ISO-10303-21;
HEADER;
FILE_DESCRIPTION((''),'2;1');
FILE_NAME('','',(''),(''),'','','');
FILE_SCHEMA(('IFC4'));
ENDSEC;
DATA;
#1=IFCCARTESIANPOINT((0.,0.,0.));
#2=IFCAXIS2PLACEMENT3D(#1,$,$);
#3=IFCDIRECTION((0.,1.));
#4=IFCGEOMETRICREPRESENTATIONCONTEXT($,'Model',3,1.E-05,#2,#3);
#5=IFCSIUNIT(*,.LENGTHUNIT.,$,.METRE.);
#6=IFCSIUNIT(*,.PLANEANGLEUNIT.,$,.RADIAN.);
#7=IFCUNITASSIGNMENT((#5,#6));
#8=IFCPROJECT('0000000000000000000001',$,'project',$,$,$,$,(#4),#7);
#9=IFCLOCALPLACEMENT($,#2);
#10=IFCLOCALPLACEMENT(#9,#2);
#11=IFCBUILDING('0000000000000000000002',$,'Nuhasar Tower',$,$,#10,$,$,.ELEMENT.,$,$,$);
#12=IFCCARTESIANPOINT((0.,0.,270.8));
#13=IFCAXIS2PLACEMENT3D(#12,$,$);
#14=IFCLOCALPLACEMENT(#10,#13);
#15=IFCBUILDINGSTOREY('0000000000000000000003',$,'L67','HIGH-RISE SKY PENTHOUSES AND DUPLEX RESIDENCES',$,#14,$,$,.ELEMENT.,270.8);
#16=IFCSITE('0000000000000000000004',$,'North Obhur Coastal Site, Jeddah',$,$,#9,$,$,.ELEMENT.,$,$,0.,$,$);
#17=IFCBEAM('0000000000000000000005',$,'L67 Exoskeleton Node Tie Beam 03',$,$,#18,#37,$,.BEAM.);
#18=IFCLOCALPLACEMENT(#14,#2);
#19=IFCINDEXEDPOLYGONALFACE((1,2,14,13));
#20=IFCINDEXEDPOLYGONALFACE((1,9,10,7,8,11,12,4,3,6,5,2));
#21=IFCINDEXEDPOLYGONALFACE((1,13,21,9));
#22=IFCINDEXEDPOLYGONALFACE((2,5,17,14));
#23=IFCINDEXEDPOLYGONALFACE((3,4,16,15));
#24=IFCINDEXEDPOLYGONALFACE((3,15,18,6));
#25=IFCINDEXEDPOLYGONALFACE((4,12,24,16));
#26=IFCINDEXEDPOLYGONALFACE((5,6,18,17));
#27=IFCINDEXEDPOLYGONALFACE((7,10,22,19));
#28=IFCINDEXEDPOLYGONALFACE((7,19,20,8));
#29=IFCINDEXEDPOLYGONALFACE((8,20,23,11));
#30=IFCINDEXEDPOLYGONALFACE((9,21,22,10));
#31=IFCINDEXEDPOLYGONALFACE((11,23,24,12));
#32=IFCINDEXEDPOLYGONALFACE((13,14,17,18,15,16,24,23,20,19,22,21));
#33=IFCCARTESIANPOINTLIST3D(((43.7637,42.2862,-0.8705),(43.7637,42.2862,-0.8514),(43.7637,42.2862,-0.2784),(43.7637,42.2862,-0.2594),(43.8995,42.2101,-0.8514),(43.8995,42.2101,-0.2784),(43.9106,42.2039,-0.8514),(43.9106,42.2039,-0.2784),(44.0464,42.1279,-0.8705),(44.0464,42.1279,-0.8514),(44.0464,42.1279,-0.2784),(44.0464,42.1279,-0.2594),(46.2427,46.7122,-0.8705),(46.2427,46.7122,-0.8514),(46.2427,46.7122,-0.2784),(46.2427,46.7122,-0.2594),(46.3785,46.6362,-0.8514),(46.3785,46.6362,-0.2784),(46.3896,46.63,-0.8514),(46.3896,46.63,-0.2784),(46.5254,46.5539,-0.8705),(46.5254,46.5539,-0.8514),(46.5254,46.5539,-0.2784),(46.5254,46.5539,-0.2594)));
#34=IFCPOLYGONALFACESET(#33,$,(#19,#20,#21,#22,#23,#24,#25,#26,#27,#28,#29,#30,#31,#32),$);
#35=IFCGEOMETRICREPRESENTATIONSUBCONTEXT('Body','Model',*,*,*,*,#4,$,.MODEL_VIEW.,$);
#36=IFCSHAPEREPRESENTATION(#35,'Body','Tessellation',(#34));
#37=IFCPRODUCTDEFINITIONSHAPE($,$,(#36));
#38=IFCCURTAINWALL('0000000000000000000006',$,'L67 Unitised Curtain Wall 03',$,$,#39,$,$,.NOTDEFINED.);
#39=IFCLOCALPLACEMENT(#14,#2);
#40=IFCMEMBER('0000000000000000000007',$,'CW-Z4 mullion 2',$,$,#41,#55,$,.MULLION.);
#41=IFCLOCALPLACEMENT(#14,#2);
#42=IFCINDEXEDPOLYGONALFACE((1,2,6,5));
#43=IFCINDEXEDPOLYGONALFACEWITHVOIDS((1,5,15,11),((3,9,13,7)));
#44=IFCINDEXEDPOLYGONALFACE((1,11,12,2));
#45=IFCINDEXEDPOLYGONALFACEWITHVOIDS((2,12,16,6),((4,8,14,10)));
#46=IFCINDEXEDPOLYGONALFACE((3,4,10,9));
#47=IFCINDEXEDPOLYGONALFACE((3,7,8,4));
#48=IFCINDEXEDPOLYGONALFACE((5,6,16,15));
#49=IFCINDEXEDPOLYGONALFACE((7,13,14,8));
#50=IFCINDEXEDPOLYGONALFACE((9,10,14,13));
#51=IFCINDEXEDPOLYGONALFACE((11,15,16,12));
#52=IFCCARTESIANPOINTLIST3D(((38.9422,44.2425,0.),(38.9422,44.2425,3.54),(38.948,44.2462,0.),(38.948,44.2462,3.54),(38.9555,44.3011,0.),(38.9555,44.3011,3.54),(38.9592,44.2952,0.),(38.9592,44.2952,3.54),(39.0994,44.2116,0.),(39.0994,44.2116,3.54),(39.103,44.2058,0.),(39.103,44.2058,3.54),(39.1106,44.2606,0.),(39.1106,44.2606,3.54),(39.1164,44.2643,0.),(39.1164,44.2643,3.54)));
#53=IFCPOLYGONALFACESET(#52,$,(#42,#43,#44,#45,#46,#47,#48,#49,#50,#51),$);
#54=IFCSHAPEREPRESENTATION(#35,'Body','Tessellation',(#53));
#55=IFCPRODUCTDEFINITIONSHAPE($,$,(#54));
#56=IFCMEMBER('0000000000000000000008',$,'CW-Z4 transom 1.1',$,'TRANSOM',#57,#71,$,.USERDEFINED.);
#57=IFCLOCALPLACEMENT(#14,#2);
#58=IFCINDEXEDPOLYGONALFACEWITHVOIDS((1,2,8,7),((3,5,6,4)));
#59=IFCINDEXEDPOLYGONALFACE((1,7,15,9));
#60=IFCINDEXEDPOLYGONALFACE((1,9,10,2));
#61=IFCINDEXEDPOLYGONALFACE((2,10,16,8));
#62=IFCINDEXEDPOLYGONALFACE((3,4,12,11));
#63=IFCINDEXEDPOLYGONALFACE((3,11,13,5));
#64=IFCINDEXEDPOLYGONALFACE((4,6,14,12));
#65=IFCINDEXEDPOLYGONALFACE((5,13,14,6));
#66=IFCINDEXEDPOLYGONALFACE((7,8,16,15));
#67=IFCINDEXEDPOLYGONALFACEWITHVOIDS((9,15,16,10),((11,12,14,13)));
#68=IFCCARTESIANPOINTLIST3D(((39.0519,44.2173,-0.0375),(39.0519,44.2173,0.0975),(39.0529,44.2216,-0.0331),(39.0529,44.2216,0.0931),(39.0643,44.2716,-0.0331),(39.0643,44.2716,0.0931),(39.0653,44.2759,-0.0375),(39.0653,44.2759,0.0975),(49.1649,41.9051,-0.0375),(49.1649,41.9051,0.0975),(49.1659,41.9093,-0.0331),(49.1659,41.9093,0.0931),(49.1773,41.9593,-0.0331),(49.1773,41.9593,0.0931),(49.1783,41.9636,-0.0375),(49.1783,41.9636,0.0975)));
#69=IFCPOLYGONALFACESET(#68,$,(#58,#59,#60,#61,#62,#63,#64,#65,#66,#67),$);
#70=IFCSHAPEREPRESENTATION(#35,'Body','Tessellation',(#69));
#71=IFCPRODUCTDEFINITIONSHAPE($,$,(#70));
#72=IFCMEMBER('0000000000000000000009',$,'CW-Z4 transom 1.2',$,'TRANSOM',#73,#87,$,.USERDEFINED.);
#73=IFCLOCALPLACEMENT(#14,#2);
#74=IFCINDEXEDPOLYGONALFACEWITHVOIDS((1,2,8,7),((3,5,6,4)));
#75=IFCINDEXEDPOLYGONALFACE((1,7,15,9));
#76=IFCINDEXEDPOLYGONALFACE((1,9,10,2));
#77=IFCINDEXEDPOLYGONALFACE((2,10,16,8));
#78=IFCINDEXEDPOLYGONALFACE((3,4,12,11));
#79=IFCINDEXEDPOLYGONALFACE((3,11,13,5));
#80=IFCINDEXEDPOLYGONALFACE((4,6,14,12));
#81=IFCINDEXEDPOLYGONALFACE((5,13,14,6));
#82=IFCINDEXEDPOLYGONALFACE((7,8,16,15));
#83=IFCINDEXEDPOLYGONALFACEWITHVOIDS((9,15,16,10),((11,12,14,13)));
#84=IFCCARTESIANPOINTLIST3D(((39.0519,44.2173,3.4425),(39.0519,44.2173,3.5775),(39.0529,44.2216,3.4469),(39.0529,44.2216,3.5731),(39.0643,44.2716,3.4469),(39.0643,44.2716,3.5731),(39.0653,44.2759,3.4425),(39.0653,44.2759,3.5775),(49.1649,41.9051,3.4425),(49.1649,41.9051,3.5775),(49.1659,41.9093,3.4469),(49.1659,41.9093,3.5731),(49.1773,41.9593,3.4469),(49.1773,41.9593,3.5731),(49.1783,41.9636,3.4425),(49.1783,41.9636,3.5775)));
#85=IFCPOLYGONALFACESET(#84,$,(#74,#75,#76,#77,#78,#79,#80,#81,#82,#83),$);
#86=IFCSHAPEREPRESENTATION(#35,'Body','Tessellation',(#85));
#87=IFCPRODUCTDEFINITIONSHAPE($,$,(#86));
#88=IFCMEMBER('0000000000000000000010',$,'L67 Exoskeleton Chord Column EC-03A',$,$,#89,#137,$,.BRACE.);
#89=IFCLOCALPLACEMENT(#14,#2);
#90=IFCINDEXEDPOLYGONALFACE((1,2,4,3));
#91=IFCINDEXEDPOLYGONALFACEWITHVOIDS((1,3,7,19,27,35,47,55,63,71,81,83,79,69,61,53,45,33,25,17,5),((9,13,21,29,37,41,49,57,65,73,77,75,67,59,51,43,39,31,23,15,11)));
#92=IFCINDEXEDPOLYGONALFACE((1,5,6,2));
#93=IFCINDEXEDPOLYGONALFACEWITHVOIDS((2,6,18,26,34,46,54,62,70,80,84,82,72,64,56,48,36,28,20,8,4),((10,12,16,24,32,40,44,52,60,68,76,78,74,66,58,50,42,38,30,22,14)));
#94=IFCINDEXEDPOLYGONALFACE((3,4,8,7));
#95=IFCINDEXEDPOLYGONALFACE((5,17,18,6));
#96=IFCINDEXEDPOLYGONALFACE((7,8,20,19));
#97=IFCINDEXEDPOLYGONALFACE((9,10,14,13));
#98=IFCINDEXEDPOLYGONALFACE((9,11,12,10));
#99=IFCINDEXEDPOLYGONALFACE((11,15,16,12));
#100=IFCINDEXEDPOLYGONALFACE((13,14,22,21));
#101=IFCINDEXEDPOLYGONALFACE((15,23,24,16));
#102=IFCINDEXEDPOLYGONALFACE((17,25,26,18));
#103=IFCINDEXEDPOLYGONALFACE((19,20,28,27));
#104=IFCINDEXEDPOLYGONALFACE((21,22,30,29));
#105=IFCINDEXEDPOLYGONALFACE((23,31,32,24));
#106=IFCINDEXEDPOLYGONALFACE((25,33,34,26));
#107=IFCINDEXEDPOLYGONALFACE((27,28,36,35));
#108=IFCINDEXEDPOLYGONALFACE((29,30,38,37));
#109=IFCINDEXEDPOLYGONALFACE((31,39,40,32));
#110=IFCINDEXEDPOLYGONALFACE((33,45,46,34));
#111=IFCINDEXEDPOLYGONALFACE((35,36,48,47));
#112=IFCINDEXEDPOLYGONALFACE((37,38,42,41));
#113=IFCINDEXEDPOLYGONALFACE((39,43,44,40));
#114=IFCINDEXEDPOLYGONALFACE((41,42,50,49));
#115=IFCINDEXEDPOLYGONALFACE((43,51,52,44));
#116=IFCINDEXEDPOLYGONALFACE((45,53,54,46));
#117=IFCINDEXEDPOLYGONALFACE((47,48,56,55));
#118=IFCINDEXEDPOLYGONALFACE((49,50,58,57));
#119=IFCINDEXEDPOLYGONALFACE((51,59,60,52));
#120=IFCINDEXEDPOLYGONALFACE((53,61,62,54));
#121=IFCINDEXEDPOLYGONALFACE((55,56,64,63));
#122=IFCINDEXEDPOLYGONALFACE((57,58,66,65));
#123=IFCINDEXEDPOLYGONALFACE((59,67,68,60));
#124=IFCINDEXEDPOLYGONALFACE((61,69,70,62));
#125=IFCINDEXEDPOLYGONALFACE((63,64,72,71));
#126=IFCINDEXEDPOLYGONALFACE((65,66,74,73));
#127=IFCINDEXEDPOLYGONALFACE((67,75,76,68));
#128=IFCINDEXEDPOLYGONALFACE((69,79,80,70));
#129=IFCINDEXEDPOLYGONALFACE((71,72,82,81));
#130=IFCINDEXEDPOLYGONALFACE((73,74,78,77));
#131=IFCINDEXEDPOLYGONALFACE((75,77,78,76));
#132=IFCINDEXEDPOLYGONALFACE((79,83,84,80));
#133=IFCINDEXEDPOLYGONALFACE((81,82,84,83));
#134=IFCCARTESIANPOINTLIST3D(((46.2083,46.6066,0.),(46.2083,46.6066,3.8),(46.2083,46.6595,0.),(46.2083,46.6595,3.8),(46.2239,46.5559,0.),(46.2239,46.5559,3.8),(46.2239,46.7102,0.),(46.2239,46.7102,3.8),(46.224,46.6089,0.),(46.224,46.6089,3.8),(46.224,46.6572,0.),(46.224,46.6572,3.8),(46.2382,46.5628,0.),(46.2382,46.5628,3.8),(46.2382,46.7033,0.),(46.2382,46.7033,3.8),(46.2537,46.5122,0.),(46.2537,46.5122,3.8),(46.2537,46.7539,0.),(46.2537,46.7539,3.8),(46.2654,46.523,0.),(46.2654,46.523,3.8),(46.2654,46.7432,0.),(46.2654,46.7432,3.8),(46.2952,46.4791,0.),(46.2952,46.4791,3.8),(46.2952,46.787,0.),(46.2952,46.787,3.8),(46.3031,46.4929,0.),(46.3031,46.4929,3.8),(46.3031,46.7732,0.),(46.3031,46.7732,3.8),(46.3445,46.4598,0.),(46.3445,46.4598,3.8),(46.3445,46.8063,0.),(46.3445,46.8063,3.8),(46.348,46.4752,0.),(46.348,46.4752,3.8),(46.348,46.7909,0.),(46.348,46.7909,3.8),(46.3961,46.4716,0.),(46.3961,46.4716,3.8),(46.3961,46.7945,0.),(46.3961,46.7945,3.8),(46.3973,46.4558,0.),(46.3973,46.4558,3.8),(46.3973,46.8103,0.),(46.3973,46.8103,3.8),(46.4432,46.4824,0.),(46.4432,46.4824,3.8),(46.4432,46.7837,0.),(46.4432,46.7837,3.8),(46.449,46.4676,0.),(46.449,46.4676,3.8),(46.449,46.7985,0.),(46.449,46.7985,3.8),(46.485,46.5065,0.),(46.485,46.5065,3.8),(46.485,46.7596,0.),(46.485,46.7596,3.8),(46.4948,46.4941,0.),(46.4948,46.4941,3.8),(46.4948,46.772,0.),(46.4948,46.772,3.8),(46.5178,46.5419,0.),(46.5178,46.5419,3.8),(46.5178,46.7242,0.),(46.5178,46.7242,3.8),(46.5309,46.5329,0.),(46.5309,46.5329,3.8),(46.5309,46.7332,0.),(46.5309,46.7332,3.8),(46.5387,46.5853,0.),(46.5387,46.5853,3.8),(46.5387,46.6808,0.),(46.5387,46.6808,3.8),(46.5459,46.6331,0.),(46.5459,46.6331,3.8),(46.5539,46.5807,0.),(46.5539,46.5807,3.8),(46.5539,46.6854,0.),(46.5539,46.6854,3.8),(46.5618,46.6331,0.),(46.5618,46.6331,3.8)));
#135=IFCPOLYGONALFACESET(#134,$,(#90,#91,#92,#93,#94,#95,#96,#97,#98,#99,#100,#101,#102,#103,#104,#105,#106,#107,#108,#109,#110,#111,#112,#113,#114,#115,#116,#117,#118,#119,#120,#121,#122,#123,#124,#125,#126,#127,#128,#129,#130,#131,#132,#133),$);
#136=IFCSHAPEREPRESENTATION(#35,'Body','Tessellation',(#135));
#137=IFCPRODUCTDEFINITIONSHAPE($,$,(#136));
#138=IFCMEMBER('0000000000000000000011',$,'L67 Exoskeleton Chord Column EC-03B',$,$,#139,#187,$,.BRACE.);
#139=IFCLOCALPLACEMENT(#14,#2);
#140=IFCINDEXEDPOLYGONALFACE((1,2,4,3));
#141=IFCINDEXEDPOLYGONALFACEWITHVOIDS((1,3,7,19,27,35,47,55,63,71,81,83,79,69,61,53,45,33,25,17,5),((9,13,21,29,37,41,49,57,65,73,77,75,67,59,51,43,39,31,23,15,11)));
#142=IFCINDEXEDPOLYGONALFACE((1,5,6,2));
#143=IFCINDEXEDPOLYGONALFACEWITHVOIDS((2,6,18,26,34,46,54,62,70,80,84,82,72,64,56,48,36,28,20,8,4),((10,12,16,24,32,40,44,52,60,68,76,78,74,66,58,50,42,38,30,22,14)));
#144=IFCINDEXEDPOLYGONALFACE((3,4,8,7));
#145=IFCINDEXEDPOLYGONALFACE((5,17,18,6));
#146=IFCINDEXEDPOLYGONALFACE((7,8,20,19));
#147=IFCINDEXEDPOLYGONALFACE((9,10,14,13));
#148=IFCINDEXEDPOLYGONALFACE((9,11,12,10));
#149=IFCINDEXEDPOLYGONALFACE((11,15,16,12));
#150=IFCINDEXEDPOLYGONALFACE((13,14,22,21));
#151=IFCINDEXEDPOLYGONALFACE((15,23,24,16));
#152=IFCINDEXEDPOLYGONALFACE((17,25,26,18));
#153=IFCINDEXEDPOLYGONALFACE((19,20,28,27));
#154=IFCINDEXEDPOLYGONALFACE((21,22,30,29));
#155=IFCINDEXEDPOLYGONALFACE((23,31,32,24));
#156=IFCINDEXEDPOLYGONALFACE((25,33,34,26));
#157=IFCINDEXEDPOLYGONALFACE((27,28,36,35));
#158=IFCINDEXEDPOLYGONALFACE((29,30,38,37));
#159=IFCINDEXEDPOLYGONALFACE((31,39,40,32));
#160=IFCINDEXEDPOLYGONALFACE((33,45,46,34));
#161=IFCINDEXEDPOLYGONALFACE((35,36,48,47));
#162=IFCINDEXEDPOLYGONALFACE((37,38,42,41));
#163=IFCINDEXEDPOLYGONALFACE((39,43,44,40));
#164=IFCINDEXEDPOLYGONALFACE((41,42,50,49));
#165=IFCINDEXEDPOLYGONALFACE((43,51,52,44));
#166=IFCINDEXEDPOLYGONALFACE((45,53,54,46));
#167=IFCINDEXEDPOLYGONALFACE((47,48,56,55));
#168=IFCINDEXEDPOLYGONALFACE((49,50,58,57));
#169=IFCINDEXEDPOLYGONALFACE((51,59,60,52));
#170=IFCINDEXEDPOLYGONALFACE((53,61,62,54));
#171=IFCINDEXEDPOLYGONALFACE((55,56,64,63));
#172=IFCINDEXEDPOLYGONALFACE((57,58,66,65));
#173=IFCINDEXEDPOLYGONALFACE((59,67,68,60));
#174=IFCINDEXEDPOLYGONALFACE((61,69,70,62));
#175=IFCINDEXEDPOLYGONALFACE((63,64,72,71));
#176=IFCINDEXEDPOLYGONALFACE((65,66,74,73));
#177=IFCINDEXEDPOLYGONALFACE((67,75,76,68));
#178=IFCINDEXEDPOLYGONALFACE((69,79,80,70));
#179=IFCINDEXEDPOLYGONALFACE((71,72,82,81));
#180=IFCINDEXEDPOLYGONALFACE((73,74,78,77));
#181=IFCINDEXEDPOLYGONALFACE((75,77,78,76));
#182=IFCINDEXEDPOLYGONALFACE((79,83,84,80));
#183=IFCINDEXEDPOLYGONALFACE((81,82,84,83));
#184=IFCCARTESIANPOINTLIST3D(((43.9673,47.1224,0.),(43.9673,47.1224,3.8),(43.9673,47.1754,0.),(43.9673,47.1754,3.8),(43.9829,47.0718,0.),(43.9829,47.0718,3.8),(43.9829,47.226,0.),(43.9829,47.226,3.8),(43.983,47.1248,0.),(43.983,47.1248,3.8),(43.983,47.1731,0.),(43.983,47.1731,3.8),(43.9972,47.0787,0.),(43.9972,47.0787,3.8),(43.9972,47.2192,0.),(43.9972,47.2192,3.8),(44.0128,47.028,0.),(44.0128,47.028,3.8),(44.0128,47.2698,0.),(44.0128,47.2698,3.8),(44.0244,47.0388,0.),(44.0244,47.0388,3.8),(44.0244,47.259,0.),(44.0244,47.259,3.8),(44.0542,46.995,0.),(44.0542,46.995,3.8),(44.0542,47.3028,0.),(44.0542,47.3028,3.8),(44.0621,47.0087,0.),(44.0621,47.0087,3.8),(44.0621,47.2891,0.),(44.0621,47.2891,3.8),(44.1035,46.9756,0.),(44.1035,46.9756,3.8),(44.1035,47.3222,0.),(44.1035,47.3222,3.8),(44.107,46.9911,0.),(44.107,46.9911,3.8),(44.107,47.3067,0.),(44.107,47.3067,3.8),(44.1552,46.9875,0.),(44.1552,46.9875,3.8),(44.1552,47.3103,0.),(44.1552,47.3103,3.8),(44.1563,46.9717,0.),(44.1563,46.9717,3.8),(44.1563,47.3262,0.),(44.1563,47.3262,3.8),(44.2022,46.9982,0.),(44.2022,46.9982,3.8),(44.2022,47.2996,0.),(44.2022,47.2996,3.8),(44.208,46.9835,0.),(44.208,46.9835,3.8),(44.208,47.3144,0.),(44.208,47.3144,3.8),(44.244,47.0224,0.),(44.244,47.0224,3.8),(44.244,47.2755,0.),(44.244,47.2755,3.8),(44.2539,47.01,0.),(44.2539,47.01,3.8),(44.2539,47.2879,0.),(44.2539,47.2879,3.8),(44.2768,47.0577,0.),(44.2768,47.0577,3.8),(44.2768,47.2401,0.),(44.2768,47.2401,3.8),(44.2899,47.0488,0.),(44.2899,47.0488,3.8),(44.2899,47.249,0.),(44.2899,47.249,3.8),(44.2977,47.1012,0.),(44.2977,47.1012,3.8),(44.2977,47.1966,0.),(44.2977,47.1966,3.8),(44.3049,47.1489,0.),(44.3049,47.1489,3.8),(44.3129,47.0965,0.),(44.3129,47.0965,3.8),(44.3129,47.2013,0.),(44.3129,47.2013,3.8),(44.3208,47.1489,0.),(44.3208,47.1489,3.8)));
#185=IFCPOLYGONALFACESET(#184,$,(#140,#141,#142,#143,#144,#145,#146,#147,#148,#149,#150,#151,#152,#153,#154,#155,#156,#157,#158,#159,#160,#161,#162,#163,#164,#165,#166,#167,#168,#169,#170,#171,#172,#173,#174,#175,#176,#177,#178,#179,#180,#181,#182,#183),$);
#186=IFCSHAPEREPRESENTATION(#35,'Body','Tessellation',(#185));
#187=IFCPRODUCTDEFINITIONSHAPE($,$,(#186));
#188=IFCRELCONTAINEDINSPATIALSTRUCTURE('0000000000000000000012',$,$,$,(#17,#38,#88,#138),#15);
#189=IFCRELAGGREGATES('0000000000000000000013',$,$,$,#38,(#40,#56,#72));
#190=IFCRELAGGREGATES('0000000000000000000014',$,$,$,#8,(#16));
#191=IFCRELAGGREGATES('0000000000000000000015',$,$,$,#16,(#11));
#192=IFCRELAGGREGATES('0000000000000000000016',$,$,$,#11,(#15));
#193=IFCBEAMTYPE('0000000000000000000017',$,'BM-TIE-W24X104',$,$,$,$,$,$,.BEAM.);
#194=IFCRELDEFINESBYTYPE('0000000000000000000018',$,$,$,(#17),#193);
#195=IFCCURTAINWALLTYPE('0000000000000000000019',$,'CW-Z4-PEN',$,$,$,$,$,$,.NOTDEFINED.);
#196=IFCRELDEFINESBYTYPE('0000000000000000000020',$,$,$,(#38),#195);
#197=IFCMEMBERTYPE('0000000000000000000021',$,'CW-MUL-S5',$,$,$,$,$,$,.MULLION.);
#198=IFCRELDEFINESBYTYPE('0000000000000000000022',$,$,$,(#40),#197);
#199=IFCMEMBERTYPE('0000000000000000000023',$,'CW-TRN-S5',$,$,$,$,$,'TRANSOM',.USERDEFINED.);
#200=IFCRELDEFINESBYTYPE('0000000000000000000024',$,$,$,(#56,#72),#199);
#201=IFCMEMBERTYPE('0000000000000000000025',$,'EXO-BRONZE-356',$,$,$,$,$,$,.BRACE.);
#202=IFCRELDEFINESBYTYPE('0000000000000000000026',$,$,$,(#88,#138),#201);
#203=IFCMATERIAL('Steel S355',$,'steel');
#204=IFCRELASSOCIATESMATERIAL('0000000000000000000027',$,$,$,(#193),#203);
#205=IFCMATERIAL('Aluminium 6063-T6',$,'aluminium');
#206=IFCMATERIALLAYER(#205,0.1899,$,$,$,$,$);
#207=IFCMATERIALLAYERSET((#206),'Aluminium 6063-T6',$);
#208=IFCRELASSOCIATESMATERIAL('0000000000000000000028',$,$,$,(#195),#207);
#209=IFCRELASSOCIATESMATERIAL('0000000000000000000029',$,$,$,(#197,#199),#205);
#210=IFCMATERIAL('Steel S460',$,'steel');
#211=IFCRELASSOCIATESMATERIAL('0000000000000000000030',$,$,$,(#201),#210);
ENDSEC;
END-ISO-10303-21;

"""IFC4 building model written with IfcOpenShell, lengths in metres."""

from ifc_helpers import new_model, si_unit, direction, frame, origin, origin_2d, place, context, subcontext, project, spatial, hollow_rectangle, hollow_circle, i_section, extrude, material, layer, layer_set, material_profile, profile_set, type_object, element, aggregate, save


model = new_model("IFC4")

# Units and contexts
model_context = context("Model", 3, precision=1e-05, world=origin(), true_north=direction((0.0, 1.0)))
body_context = subcontext(model_context, "Body", "Model", "MODEL_VIEW")
ifc_project = project(units=[si_unit("LENGTHUNIT", "METRE"), si_unit("PLANEANGLEUNIT", "RADIAN")], contexts=[model_context])

# Site, building, storey
site_placement = place(None, origin())
site = spatial("IfcSite", under=ifc_project, at=site_placement, Name="North Obhur Coastal Site, Jeddah", CompositionType="ELEMENT", RefElevation=0.0)
building_placement = place(site_placement, origin())
building = spatial("IfcBuilding", under=site, at=building_placement, Name="Nuhasar Tower", CompositionType="ELEMENT")
storey_placement = place(building_placement, frame((0.0, 0.0, 270.8)))
storey = spatial("IfcBuildingStorey", under=building, at=storey_placement, Name="L67", Description="HIGH-RISE SKY PENTHOUSES AND DUPLEX RESIDENCES", CompositionType="ELEMENT", Elevation=270.8)

# Beam
ifc_material_1 = material(Name="Steel S355", Category="steel")
ifc_material_profile_1 = material_profile(ifc_material_1, i_section(OverallWidth=0.324, OverallDepth=0.6111, WebThickness=0.0127, FlangeThickness=0.019, at=origin_2d()), Name="W24X104")
ifc_profile_set_1 = profile_set([ifc_material_profile_1], Name="Steel S355")
beam_type_1 = type_object("IfcBeamType", Name="BM-TIE-W24X104", PredefinedType="BEAM", material=ifc_profile_set_1)
beam_1_placement = place(storey_placement, frame((43.905, 42.207, -0.5649), z_axis=(0.488668, 0.87247, 0.0), x_axis=(-0.87247, 0.488668, 0.0)))
element("IfcBeam", 1, at=beam_1_placement, inside=storey, type_object=beam_type_1, Name="L67 Exoskeleton Node Tie Beam 03", PredefinedType="BEAM", context=body_context, shape_type="SweptSolid", body=[
    extrude(i_section(OverallWidth=0.324, OverallDepth=0.6111, WebThickness=0.0127, FlangeThickness=0.019, at=origin_2d()), origin(), (0.0, 0.0, 1.0), 5.073),
])

# Curtain wall, members
ifc_material_2 = material(Name="Aluminium 6063-T6", Category="aluminium")
ifc_layer_1 = layer(ifc_material_2, 0.1899)
ifc_layer_set_1 = layer_set([ifc_layer_1], Name="Aluminium 6063-T6")
curtain_wall_type = type_object("IfcCurtainWallType", Name="CW-Z4-PEN", PredefinedType="NOTDEFINED", material=ifc_layer_set_1)
curtain_wall_placement = place(storey_placement, origin())
curtain_wall = element("IfcCurtainWall", 2, at=curtain_wall_placement, inside=storey, type_object=curtain_wall_type, Name="L67 Unitised Curtain Wall 03", PredefinedType="NOTDEFINED")
ifc_material_profile_2 = material_profile(ifc_material_2, hollow_rectangle(XDim=0.0601, YDim=0.165, WallThickness=0.0049, at=origin_2d()), Name="CWM-5")
ifc_profile_set_2 = profile_set([ifc_material_profile_2], Name="Aluminium 6063-T6")
member_type_1 = type_object("IfcMemberType", Name="CW-MUL-S5", PredefinedType="MULLION", material=ifc_profile_set_2)
member_1_placement = place(storey_placement, frame((39.0293, 44.2534, 0.0), z_axis=(0.0, 0.0, 1.0), x_axis=(-0.222889, -0.974844, 0.0)))
member_1 = element("IfcMember", 3, at=member_1_placement, type_object=member_type_1, Name="CW-Z4 mullion 2", PredefinedType="MULLION", context=body_context, shape_type="SweptSolid", body=[
    extrude(hollow_rectangle(XDim=0.0601, YDim=0.165, WallThickness=0.0049, at=origin_2d()), origin(), (0.0, 0.0, 1.0), 3.54),
])
ifc_material_profile_3 = material_profile(ifc_material_2, hollow_rectangle(XDim=0.0601, YDim=0.135, WallThickness=0.0044, at=origin_2d()), Name="CWT-5")
ifc_profile_set_3 = profile_set([ifc_material_profile_3], Name="Aluminium 6063-T6")
member_type_2 = type_object("IfcMemberType", Name="CW-TRN-S5", ElementType="TRANSOM", PredefinedType="USERDEFINED", material=ifc_profile_set_3)
member_2_placement = place(storey_placement, frame((49.1716, 41.9343, 0.03), z_axis=(-0.974844, 0.222889, 0.0), x_axis=(-0.222889, -0.974844, 0.0)))
member_2 = element("IfcMember", 4, at=member_2_placement, type_object=member_type_2, Name="CW-Z4 transom 1.1", ObjectType="TRANSOM", PredefinedType="USERDEFINED", context=body_context, shape_type="SweptSolid", body=[
    extrude(hollow_rectangle(XDim=0.0601, YDim=0.135, WallThickness=0.0044, at=origin_2d()), origin(), (0.0, 0.0, 1.0), 10.374),
])
member_3_placement = place(storey_placement, frame((49.1716, 41.9343, 3.51), z_axis=(-0.974844, 0.222889, 0.0), x_axis=(-0.222889, -0.974844, 0.0)))
member_3 = element("IfcMember", 5, at=member_3_placement, type_object=member_type_2, Name="CW-Z4 transom 1.2", ObjectType="TRANSOM", PredefinedType="USERDEFINED", context=body_context, shape_type="SweptSolid", body=[
    extrude(hollow_rectangle(XDim=0.0601, YDim=0.135, WallThickness=0.0044, at=origin_2d()), origin(), (0.0, 0.0, 1.0), 10.374),
])

# Members
ifc_material_3 = material(Name="Steel S460", Category="steel")
ifc_material_profile_4 = material_profile(ifc_material_3, hollow_circle(Radius=0.1777, WallThickness=0.0159, at=origin_2d()), Name="HSS355.6X15.9")
ifc_profile_set_4 = profile_set([ifc_material_profile_4], Name="Steel S460")
member_type_3 = type_object("IfcMemberType", Name="EXO-BRONZE-356", PredefinedType="BRACE", material=ifc_profile_set_4)
for number, where, z_axis, x_axis, name in (
    (6, (46.384, 46.6331, 0.0), (0.0, 0.0, 1.0), (1.0, 0.0, 0.0), "L67 Exoskeleton Chord Column EC-03A"),
    (7, (44.1431, 47.1489, 0.0), (0.0, 0.0, 1.0), (1.0, 0.0, 0.0), "L67 Exoskeleton Chord Column EC-03B"),
):
    element("IfcMember", number, at=place(storey_placement, frame(where, z_axis=z_axis, x_axis=x_axis)), inside=storey, type_object=member_type_3, Name=name, PredefinedType="BRACE", context=body_context, shape_type="SweptSolid", body=[
        extrude(hollow_circle(Radius=0.1777, WallThickness=0.0159, at=origin_2d()), origin(), (0.0, 0.0, 1.0), 3.8),
    ])

aggregate(curtain_wall, [member_1, member_2, member_3])

save(model, "model.ifc")
